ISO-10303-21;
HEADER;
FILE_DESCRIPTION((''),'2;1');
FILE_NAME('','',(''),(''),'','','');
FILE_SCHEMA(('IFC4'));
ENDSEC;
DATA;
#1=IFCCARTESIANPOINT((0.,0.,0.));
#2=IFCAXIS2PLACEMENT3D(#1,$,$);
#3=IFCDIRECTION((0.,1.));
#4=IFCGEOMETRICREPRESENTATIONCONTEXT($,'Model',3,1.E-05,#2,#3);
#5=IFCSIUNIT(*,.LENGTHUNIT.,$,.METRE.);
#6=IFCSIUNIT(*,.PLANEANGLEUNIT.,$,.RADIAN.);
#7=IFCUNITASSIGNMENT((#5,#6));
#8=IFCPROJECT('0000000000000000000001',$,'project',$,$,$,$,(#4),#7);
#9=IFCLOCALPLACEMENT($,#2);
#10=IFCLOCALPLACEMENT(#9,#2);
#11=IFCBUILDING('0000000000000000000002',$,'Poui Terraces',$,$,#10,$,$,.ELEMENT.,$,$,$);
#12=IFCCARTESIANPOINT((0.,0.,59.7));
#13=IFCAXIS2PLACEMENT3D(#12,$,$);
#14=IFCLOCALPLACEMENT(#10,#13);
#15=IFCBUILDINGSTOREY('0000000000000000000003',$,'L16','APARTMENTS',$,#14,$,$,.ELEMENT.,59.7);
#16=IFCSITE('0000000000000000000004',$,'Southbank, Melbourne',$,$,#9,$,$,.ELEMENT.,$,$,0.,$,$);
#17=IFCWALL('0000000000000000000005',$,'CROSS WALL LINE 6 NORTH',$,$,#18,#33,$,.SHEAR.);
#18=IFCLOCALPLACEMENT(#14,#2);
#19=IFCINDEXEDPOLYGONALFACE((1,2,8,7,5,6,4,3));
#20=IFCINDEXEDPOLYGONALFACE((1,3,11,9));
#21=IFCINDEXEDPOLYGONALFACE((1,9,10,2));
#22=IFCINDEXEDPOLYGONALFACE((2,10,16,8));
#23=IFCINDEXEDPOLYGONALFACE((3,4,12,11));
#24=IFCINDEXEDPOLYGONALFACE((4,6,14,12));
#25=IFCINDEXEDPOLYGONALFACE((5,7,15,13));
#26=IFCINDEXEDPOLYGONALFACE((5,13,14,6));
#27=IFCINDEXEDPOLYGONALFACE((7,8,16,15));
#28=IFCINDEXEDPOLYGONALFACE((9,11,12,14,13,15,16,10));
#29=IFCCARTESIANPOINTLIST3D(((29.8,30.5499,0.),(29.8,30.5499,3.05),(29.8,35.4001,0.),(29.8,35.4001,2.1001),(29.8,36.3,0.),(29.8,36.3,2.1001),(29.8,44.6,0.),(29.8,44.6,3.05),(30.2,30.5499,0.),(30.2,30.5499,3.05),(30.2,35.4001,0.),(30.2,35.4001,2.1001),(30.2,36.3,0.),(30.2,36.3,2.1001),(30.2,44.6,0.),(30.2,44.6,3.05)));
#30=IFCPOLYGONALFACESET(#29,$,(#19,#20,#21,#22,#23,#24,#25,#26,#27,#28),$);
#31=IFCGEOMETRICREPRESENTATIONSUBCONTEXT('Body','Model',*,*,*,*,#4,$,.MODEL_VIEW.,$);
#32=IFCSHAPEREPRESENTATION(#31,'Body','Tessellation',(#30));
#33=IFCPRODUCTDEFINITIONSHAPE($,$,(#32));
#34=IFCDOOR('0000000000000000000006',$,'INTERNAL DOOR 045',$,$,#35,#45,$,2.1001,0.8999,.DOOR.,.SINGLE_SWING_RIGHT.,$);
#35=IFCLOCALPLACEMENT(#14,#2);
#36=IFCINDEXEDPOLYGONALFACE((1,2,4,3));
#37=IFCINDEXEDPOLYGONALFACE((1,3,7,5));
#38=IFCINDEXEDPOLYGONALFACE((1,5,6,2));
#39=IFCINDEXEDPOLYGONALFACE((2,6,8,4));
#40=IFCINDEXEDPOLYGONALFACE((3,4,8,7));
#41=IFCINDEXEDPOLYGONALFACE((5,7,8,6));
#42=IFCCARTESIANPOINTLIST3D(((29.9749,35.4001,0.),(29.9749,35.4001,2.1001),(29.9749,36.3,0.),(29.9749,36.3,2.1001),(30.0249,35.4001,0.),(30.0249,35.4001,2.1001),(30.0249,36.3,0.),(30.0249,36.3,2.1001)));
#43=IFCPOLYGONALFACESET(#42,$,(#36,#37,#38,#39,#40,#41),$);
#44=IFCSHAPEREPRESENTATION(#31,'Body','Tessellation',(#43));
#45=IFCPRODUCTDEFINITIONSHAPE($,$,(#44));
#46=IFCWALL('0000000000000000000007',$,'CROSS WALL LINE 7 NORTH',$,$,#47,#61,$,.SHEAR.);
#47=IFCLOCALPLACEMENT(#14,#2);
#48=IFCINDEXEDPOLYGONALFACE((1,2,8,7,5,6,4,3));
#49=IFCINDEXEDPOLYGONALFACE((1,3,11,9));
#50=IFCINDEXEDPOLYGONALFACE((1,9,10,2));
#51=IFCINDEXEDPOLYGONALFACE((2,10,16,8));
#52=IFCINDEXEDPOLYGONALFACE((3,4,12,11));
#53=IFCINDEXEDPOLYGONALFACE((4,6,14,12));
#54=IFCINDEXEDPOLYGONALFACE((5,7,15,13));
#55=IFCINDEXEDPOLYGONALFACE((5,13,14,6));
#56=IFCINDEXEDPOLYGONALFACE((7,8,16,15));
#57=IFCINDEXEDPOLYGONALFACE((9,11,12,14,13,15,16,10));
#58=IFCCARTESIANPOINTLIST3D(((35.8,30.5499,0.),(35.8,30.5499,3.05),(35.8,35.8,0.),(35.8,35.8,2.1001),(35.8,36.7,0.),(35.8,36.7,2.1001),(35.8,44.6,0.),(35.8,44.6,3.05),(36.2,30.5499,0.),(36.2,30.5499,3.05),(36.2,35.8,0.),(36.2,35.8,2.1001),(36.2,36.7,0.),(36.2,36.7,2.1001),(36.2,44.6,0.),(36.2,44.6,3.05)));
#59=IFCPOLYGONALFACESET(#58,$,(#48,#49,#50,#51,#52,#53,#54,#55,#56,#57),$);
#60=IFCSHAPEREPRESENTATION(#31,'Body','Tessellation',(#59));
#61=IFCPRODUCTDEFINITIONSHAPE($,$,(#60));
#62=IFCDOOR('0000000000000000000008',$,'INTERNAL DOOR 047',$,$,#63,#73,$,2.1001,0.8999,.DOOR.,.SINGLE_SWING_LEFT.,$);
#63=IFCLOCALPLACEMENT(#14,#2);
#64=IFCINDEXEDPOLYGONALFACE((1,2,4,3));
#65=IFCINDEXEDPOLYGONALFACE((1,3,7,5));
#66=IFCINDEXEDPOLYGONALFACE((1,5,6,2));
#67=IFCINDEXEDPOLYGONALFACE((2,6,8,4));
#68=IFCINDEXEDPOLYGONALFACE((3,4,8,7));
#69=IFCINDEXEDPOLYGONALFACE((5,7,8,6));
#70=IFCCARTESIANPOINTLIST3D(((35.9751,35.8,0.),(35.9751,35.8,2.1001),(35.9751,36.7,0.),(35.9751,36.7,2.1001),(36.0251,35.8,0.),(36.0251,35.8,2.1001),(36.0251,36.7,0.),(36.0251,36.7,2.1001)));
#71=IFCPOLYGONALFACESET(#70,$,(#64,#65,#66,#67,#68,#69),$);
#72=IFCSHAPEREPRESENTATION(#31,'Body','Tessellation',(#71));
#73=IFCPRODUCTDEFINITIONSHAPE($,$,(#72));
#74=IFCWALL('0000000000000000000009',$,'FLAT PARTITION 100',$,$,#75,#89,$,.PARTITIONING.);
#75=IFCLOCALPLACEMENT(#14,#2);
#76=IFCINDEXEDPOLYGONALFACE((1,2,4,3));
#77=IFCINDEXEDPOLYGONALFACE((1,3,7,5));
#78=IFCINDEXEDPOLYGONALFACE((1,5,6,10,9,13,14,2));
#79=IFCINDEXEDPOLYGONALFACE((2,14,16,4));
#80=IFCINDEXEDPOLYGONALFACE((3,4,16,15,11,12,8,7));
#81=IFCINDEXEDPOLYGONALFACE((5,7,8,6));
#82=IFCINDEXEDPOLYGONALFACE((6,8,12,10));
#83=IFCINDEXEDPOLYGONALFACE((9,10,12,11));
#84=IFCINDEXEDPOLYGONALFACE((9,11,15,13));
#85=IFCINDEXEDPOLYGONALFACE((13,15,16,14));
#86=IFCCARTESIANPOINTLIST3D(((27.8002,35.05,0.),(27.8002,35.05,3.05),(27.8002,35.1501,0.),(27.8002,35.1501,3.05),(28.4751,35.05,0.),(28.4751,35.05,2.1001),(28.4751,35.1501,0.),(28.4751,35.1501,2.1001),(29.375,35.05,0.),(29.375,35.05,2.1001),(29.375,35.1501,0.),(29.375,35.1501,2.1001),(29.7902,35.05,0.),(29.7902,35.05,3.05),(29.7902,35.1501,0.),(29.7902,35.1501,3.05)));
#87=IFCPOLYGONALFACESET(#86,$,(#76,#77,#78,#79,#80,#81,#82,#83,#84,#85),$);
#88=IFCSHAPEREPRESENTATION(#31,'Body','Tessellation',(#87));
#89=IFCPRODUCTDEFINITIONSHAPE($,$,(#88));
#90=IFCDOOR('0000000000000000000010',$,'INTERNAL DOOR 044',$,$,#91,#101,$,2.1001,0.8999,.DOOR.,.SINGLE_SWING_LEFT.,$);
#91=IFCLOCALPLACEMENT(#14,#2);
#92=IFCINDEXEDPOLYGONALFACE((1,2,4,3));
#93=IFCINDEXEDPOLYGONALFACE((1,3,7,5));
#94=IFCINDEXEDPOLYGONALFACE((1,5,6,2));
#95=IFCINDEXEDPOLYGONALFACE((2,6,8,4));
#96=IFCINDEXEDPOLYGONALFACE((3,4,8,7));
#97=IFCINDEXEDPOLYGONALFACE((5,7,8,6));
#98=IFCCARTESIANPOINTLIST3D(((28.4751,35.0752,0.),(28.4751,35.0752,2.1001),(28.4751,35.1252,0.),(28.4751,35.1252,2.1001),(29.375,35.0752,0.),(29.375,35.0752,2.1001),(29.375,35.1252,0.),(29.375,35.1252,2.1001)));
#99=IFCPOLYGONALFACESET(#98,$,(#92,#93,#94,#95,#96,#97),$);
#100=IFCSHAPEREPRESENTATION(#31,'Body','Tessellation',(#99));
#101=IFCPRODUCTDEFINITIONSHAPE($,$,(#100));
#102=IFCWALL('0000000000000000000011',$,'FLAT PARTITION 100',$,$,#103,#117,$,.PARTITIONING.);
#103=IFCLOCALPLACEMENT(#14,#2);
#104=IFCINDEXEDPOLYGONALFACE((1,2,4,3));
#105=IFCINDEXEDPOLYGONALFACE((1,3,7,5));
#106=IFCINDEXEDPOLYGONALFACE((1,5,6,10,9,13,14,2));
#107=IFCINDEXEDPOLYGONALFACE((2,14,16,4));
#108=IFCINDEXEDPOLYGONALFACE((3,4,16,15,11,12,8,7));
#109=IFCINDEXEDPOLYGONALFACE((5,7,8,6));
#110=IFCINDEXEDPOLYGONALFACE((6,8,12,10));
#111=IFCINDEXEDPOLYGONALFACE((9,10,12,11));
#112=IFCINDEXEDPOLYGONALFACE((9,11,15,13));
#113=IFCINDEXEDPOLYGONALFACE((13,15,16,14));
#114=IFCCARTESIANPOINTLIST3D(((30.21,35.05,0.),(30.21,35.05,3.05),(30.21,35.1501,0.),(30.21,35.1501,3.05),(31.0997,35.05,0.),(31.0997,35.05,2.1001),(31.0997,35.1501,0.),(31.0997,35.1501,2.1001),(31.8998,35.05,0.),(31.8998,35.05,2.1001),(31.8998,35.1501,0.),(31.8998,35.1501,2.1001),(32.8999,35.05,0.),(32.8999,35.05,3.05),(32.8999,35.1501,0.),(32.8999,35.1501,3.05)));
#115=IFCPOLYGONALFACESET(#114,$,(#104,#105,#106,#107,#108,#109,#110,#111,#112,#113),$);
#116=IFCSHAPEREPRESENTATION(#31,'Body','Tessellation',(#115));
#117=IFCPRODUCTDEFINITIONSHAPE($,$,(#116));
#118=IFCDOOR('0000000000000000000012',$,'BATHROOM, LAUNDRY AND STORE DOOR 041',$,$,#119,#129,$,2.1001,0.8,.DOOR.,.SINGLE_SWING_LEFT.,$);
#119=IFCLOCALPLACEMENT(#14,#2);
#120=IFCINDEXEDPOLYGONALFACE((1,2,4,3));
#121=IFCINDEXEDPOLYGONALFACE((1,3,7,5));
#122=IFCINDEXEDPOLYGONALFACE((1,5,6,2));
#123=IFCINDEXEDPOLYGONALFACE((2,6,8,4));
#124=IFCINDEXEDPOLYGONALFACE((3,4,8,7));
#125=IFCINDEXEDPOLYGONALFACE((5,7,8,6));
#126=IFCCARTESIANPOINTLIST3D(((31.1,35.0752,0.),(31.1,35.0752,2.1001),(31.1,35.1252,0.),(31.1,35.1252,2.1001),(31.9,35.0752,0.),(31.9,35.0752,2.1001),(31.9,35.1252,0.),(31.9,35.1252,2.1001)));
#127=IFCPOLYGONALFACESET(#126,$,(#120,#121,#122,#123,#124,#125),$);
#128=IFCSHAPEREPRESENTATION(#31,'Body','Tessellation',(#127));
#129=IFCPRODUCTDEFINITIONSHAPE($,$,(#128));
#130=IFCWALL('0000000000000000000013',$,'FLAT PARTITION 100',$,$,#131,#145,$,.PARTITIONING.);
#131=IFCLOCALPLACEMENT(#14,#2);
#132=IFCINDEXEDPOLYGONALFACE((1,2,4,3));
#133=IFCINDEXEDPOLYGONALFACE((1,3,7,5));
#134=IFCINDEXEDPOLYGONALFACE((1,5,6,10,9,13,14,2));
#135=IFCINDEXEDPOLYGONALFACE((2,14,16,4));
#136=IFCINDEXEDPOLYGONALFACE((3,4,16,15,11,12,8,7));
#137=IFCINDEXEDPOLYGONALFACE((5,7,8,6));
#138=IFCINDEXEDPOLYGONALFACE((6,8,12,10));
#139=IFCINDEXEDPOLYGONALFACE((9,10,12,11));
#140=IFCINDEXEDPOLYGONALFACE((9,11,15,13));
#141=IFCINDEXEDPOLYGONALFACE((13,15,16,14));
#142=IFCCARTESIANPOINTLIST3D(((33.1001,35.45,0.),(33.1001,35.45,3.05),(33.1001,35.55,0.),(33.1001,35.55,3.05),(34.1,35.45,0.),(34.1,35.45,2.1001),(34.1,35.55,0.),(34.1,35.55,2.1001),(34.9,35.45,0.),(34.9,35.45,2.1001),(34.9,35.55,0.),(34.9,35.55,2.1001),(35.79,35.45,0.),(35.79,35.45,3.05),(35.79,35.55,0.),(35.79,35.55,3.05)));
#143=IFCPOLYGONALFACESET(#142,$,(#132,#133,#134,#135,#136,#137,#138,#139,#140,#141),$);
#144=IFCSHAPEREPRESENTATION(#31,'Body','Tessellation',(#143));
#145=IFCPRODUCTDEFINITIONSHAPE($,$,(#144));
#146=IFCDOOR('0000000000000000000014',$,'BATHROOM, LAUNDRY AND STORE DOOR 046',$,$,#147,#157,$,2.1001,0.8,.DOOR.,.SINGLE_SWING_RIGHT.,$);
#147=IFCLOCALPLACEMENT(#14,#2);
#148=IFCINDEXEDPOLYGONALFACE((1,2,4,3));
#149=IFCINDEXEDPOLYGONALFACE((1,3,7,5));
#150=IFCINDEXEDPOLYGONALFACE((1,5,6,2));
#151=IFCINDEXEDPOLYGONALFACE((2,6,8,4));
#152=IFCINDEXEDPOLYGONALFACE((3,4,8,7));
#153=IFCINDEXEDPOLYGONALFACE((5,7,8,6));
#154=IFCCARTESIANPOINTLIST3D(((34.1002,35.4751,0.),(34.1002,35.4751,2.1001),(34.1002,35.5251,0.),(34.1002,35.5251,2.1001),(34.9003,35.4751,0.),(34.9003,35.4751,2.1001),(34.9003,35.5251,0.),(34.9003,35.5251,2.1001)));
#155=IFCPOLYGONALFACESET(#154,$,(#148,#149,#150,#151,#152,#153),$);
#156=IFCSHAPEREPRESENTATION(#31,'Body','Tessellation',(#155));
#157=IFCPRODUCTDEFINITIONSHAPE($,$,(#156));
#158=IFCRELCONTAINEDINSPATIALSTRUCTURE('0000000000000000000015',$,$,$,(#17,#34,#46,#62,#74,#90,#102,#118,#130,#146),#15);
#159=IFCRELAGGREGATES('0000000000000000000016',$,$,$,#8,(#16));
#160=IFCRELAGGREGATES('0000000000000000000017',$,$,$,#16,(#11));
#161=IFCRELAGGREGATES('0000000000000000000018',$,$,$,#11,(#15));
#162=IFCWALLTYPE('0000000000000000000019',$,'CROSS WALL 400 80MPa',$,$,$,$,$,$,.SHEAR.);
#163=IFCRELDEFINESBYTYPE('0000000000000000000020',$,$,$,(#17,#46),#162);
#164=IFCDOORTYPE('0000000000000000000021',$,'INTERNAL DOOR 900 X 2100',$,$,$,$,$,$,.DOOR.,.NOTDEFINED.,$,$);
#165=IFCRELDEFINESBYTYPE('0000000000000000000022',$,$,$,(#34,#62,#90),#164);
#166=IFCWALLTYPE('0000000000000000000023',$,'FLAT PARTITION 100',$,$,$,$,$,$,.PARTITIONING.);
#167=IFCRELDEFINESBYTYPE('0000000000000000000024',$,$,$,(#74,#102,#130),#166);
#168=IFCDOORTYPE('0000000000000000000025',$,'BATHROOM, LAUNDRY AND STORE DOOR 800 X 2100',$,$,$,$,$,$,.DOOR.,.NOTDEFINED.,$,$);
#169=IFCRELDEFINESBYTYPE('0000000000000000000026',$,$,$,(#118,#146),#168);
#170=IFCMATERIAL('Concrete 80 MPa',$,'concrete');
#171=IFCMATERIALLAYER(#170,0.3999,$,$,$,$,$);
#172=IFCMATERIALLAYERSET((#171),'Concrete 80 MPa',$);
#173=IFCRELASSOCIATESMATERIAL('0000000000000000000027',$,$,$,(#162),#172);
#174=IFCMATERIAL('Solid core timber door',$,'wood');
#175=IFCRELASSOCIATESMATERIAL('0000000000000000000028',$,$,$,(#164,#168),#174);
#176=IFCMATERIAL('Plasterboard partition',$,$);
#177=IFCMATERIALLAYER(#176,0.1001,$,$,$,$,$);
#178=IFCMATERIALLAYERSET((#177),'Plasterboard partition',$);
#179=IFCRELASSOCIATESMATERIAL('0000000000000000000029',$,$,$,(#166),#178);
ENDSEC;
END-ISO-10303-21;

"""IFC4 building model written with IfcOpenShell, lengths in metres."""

from ifc_helpers import new_model, si_unit, direction, frame, frame_2d, origin, place, context, subcontext, project, spatial, rectangle, extrude, material, layer, layer_set, type_object, element, fill, save


model = new_model("IFC4")

# Units and contexts
model_context = context("Model", 3, precision=1e-05, world=origin(), true_north=direction((0.0, 1.0)))
body_context = subcontext(model_context, "Body", "Model", "MODEL_VIEW")
ifc_project = project(units=[si_unit("LENGTHUNIT", "METRE"), si_unit("PLANEANGLEUNIT", "RADIAN")], contexts=[model_context])

# Site, building, storey
site_placement = place(None, origin())
site = spatial("IfcSite", under=ifc_project, at=site_placement, Name="Southbank, Melbourne", CompositionType="ELEMENT", RefElevation=0.0)
building_placement = place(site_placement, origin())
building = spatial("IfcBuilding", under=site, at=building_placement, Name="Poui Terraces", CompositionType="ELEMENT")
storey_placement = place(building_placement, frame((0.0, 0.0, 59.7)))
storey = spatial("IfcBuildingStorey", under=building, at=storey_placement, Name="L16", Description="APARTMENTS", CompositionType="ELEMENT", Elevation=59.7)

# Walls, openings, doors
ifc_material_1 = material(Name="Concrete 80 MPa", Category="concrete")
ifc_layer_1 = layer(ifc_material_1, 0.3999)
ifc_layer_set_1 = layer_set([ifc_layer_1], Name="Concrete 80 MPa")
wall_type_1 = type_object("IfcWallType", Name="CROSS WALL 400 80MPa", PredefinedType="SHEAR", material=ifc_layer_set_1)
wall_1_placement = place(storey_placement, frame((30.0, 30.55, 0.0), z_axis=(0.0, 0.0, 1.0), x_axis=(0.0, 1.0, 0.0)))
wall_1 = element("IfcWall", 1, at=wall_1_placement, inside=storey, type_object=wall_type_1, Name="CROSS WALL LINE 6 NORTH", PredefinedType="SHEAR", context=body_context, shape_type="SweptSolid", body=[
    extrude(rectangle(XDim=14.05, YDim=0.3999, at=frame_2d((7.0249, 0.0))), origin(), (0.0, 0.0, 1.0), 3.05),
])
opening_1_placement = place(wall_1_placement, frame((4.8501, 0.0, 0.0)))
opening_1 = element("IfcOpeningElement", 2, at=opening_1_placement, cuts=wall_1, PredefinedType="OPENING", context=body_context, shape_type="SweptSolid", body=[
    extrude(rectangle(XDim=0.8999, YDim=2.1001, at=frame_2d((0.45, 1.05))), frame((0.0, 0.21, 0.0), z_axis=(0.0, -1.0, 0.0), x_axis=(1.0, 0.0, 0.0)), (0.0, 0.0, 1.0), 0.4199),
])
ifc_material_2 = material(Name="Solid core timber door", Category="wood")
door_type_1 = type_object("IfcDoorType", Name="INTERNAL DOOR 900 X 2100", OperationType="NOTDEFINED", PredefinedType="DOOR", material=ifc_material_2)
door_1_placement = place(opening_1_placement, frame((0.8999, 0.0, 0.0), z_axis=(0.0, 0.0, 1.0), x_axis=(-1.0, 0.0, 0.0)))
door_1 = element("IfcDoor", 3, at=door_1_placement, inside=storey, type_object=door_type_1, Name="INTERNAL DOOR 045", OperationType="SINGLE_SWING_RIGHT", OverallHeight=2.1001, OverallWidth=0.8999, PredefinedType="DOOR", context=body_context, shape_type="SweptSolid", body=[
    extrude(rectangle(XDim=0.8999, YDim=2.1001, at=frame_2d((0.45, 1.05))), frame((0.0, 0.0249, 0.0), z_axis=(0.0, -1.0, 0.0), x_axis=(1.0, 0.0, 0.0)), (0.0, 0.0, 1.0), 0.05),
])
fill(opening_1, door_1)
wall_2_placement = place(storey_placement, frame((36.0, 30.55, 0.0), z_axis=(0.0, 0.0, 1.0), x_axis=(0.0, 1.0, 0.0)))
wall_2 = element("IfcWall", 4, at=wall_2_placement, inside=storey, type_object=wall_type_1, Name="CROSS WALL LINE 7 NORTH", PredefinedType="SHEAR", context=body_context, shape_type="SweptSolid", body=[
    extrude(rectangle(XDim=14.05, YDim=0.3999, at=frame_2d((7.0249, 0.0))), origin(), (0.0, 0.0, 1.0), 3.05),
])
opening_2_placement = place(wall_2_placement, frame((5.25, 0.0, 0.0)))
opening_2 = element("IfcOpeningElement", 5, at=opening_2_placement, cuts=wall_2, PredefinedType="OPENING", context=body_context, shape_type="SweptSolid", body=[
    extrude(rectangle(XDim=0.8999, YDim=2.1001, at=frame_2d((0.45, 1.05))), frame((0.0, 0.21, 0.0), z_axis=(0.0, -1.0, 0.0), x_axis=(1.0, 0.0, 0.0)), (0.0, 0.0, 1.0), 0.4199),
])
door_2_placement = place(opening_2_placement, origin())
door_2 = element("IfcDoor", 6, at=door_2_placement, inside=storey, type_object=door_type_1, Name="INTERNAL DOOR 047", OperationType="SINGLE_SWING_LEFT", OverallHeight=2.1001, OverallWidth=0.8999, PredefinedType="DOOR", context=body_context, shape_type="SweptSolid", body=[
    extrude(rectangle(XDim=0.8999, YDim=2.1001, at=frame_2d((0.45, 1.05))), frame((0.0, 0.0249, 0.0), z_axis=(0.0, -1.0, 0.0), x_axis=(1.0, 0.0, 0.0)), (0.0, 0.0, 1.0), 0.05),
])
fill(opening_2, door_2)
ifc_material_3 = material(Name="Plasterboard partition")
ifc_layer_2 = layer(ifc_material_3, 0.1001)
ifc_layer_set_2 = layer_set([ifc_layer_2], Name="Plasterboard partition")
wall_type_2 = type_object("IfcWallType", Name="FLAT PARTITION 100", PredefinedType="PARTITIONING", material=ifc_layer_set_2)
wall_3_placement = place(storey_placement, frame((27.8, 35.1001, 0.0), z_axis=(0.0, 0.0, 1.0), x_axis=(1.0, 0.0, 0.0)))
wall_3 = element("IfcWall", 7, at=wall_3_placement, inside=storey, type_object=wall_type_2, Name="FLAT PARTITION 100", PredefinedType="PARTITIONING", context=body_context, shape_type="SweptSolid", body=[
    extrude(rectangle(XDim=1.99, YDim=0.1001, at=frame_2d((0.9951, 0.0))), origin(), (0.0, 0.0, 1.0), 3.05),
])
opening_3_placement = place(wall_3_placement, frame((0.675, 0.0, 0.0)))
opening_3 = element("IfcOpeningElement", 8, at=opening_3_placement, cuts=wall_3, PredefinedType="OPENING", context=body_context, shape_type="SweptSolid", body=[
    extrude(rectangle(XDim=0.8999, YDim=2.1001, at=frame_2d((0.45, 1.05))), frame((0.0, 0.0601, 0.0), z_axis=(0.0, -1.0, 0.0), x_axis=(1.0, 0.0, 0.0)), (0.0, 0.0, 1.0), 0.1201),
])
door_3_placement = place(opening_3_placement, frame((0.8999, 0.0, 0.0), z_axis=(0.0, 0.0, 1.0), x_axis=(-1.0, 0.0, 0.0)))
door_3 = element("IfcDoor", 9, at=door_3_placement, inside=storey, type_object=door_type_1, Name="INTERNAL DOOR 044", OperationType="SINGLE_SWING_LEFT", OverallHeight=2.1001, OverallWidth=0.8999, PredefinedType="DOOR", context=body_context, shape_type="SweptSolid", body=[
    extrude(rectangle(XDim=0.8999, YDim=2.1001, at=frame_2d((0.45, 1.05))), frame((0.0, 0.0249, 0.0), z_axis=(0.0, -1.0, 0.0), x_axis=(1.0, 0.0, 0.0)), (0.0, 0.0, 1.0), 0.05),
])
fill(opening_3, door_3)
wall_4_placement = place(storey_placement, frame((30.21, 35.1001, 0.0), z_axis=(0.0, 0.0, 1.0), x_axis=(1.0, 0.0, 0.0)))
wall_4 = element("IfcWall", 10, at=wall_4_placement, inside=storey, type_object=wall_type_2, Name="FLAT PARTITION 100", PredefinedType="PARTITIONING", context=body_context, shape_type="SweptSolid", body=[
    extrude(rectangle(XDim=2.6899, YDim=0.1001, at=frame_2d((1.345, 0.0))), origin(), (0.0, 0.0, 1.0), 3.05),
])
opening_4_placement = place(wall_4_placement, frame((0.8899, 0.0, 0.0)))
opening_4 = element("IfcOpeningElement", 11, at=opening_4_placement, cuts=wall_4, PredefinedType="OPENING", context=body_context, shape_type="SweptSolid", body=[
    extrude(rectangle(XDim=0.8, YDim=2.1001, at=frame_2d((0.3999, 1.05))), frame((0.0, 0.0601, 0.0), z_axis=(0.0, -1.0, 0.0), x_axis=(1.0, 0.0, 0.0)), (0.0, 0.0, 1.0), 0.1201),
])
door_type_2 = type_object("IfcDoorType", Name="BATHROOM, LAUNDRY AND STORE DOOR 800 X 2100", OperationType="NOTDEFINED", PredefinedType="DOOR", material=ifc_material_2)
door_4_placement = place(opening_4_placement, frame((0.8, 0.0, 0.0), z_axis=(0.0, 0.0, 1.0), x_axis=(-1.0, 0.0, 0.0)))
door_4 = element("IfcDoor", 12, at=door_4_placement, inside=storey, type_object=door_type_2, Name="BATHROOM, LAUNDRY AND STORE DOOR 041", OperationType="SINGLE_SWING_LEFT", OverallHeight=2.1001, OverallWidth=0.8, PredefinedType="DOOR", context=body_context, shape_type="SweptSolid", body=[
    extrude(rectangle(XDim=0.8, YDim=2.1001, at=frame_2d((0.3999, 1.05))), frame((0.0, 0.0249, 0.0), z_axis=(0.0, -1.0, 0.0), x_axis=(1.0, 0.0, 0.0)), (0.0, 0.0, 1.0), 0.05),
])
fill(opening_4, door_4)
wall_5_placement = place(storey_placement, frame((33.1001, 35.5, 0.0), z_axis=(0.0, 0.0, 1.0), x_axis=(1.0, 0.0, 0.0)))
wall_5 = element("IfcWall", 13, at=wall_5_placement, inside=storey, type_object=wall_type_2, Name="FLAT PARTITION 100", PredefinedType="PARTITIONING", context=body_context, shape_type="SweptSolid", body=[
    extrude(rectangle(XDim=2.6899, YDim=0.1001, at=frame_2d((1.345, 0.0))), origin(), (0.0, 0.0, 1.0), 3.05),
])
opening_5_placement = place(wall_5_placement, frame((1.0, 0.0, 0.0)))
opening_5 = element("IfcOpeningElement", 14, at=opening_5_placement, cuts=wall_5, PredefinedType="OPENING", context=body_context, shape_type="SweptSolid", body=[
    extrude(rectangle(XDim=0.8, YDim=2.1001, at=frame_2d((0.3999, 1.05))), frame((0.0, 0.0601, 0.0), z_axis=(0.0, -1.0, 0.0), x_axis=(1.0, 0.0, 0.0)), (0.0, 0.0, 1.0), 0.1201),
])
door_5_placement = place(opening_5_placement, frame((0.8, 0.0, 0.0), z_axis=(0.0, 0.0, 1.0), x_axis=(-1.0, 0.0, 0.0)))
door_5 = element("IfcDoor", 15, at=door_5_placement, inside=storey, type_object=door_type_2, Name="BATHROOM, LAUNDRY AND STORE DOOR 046", OperationType="SINGLE_SWING_RIGHT", OverallHeight=2.1001, OverallWidth=0.8, PredefinedType="DOOR", context=body_context, shape_type="SweptSolid", body=[
    extrude(rectangle(XDim=0.8, YDim=2.1001, at=frame_2d((0.3999, 1.05))), frame((0.0, 0.0249, 0.0), z_axis=(0.0, -1.0, 0.0), x_axis=(1.0, 0.0, 0.0)), (0.0, 0.0, 1.0), 0.05),
])
fill(opening_5, door_5)

save(model, "model.ifc")
